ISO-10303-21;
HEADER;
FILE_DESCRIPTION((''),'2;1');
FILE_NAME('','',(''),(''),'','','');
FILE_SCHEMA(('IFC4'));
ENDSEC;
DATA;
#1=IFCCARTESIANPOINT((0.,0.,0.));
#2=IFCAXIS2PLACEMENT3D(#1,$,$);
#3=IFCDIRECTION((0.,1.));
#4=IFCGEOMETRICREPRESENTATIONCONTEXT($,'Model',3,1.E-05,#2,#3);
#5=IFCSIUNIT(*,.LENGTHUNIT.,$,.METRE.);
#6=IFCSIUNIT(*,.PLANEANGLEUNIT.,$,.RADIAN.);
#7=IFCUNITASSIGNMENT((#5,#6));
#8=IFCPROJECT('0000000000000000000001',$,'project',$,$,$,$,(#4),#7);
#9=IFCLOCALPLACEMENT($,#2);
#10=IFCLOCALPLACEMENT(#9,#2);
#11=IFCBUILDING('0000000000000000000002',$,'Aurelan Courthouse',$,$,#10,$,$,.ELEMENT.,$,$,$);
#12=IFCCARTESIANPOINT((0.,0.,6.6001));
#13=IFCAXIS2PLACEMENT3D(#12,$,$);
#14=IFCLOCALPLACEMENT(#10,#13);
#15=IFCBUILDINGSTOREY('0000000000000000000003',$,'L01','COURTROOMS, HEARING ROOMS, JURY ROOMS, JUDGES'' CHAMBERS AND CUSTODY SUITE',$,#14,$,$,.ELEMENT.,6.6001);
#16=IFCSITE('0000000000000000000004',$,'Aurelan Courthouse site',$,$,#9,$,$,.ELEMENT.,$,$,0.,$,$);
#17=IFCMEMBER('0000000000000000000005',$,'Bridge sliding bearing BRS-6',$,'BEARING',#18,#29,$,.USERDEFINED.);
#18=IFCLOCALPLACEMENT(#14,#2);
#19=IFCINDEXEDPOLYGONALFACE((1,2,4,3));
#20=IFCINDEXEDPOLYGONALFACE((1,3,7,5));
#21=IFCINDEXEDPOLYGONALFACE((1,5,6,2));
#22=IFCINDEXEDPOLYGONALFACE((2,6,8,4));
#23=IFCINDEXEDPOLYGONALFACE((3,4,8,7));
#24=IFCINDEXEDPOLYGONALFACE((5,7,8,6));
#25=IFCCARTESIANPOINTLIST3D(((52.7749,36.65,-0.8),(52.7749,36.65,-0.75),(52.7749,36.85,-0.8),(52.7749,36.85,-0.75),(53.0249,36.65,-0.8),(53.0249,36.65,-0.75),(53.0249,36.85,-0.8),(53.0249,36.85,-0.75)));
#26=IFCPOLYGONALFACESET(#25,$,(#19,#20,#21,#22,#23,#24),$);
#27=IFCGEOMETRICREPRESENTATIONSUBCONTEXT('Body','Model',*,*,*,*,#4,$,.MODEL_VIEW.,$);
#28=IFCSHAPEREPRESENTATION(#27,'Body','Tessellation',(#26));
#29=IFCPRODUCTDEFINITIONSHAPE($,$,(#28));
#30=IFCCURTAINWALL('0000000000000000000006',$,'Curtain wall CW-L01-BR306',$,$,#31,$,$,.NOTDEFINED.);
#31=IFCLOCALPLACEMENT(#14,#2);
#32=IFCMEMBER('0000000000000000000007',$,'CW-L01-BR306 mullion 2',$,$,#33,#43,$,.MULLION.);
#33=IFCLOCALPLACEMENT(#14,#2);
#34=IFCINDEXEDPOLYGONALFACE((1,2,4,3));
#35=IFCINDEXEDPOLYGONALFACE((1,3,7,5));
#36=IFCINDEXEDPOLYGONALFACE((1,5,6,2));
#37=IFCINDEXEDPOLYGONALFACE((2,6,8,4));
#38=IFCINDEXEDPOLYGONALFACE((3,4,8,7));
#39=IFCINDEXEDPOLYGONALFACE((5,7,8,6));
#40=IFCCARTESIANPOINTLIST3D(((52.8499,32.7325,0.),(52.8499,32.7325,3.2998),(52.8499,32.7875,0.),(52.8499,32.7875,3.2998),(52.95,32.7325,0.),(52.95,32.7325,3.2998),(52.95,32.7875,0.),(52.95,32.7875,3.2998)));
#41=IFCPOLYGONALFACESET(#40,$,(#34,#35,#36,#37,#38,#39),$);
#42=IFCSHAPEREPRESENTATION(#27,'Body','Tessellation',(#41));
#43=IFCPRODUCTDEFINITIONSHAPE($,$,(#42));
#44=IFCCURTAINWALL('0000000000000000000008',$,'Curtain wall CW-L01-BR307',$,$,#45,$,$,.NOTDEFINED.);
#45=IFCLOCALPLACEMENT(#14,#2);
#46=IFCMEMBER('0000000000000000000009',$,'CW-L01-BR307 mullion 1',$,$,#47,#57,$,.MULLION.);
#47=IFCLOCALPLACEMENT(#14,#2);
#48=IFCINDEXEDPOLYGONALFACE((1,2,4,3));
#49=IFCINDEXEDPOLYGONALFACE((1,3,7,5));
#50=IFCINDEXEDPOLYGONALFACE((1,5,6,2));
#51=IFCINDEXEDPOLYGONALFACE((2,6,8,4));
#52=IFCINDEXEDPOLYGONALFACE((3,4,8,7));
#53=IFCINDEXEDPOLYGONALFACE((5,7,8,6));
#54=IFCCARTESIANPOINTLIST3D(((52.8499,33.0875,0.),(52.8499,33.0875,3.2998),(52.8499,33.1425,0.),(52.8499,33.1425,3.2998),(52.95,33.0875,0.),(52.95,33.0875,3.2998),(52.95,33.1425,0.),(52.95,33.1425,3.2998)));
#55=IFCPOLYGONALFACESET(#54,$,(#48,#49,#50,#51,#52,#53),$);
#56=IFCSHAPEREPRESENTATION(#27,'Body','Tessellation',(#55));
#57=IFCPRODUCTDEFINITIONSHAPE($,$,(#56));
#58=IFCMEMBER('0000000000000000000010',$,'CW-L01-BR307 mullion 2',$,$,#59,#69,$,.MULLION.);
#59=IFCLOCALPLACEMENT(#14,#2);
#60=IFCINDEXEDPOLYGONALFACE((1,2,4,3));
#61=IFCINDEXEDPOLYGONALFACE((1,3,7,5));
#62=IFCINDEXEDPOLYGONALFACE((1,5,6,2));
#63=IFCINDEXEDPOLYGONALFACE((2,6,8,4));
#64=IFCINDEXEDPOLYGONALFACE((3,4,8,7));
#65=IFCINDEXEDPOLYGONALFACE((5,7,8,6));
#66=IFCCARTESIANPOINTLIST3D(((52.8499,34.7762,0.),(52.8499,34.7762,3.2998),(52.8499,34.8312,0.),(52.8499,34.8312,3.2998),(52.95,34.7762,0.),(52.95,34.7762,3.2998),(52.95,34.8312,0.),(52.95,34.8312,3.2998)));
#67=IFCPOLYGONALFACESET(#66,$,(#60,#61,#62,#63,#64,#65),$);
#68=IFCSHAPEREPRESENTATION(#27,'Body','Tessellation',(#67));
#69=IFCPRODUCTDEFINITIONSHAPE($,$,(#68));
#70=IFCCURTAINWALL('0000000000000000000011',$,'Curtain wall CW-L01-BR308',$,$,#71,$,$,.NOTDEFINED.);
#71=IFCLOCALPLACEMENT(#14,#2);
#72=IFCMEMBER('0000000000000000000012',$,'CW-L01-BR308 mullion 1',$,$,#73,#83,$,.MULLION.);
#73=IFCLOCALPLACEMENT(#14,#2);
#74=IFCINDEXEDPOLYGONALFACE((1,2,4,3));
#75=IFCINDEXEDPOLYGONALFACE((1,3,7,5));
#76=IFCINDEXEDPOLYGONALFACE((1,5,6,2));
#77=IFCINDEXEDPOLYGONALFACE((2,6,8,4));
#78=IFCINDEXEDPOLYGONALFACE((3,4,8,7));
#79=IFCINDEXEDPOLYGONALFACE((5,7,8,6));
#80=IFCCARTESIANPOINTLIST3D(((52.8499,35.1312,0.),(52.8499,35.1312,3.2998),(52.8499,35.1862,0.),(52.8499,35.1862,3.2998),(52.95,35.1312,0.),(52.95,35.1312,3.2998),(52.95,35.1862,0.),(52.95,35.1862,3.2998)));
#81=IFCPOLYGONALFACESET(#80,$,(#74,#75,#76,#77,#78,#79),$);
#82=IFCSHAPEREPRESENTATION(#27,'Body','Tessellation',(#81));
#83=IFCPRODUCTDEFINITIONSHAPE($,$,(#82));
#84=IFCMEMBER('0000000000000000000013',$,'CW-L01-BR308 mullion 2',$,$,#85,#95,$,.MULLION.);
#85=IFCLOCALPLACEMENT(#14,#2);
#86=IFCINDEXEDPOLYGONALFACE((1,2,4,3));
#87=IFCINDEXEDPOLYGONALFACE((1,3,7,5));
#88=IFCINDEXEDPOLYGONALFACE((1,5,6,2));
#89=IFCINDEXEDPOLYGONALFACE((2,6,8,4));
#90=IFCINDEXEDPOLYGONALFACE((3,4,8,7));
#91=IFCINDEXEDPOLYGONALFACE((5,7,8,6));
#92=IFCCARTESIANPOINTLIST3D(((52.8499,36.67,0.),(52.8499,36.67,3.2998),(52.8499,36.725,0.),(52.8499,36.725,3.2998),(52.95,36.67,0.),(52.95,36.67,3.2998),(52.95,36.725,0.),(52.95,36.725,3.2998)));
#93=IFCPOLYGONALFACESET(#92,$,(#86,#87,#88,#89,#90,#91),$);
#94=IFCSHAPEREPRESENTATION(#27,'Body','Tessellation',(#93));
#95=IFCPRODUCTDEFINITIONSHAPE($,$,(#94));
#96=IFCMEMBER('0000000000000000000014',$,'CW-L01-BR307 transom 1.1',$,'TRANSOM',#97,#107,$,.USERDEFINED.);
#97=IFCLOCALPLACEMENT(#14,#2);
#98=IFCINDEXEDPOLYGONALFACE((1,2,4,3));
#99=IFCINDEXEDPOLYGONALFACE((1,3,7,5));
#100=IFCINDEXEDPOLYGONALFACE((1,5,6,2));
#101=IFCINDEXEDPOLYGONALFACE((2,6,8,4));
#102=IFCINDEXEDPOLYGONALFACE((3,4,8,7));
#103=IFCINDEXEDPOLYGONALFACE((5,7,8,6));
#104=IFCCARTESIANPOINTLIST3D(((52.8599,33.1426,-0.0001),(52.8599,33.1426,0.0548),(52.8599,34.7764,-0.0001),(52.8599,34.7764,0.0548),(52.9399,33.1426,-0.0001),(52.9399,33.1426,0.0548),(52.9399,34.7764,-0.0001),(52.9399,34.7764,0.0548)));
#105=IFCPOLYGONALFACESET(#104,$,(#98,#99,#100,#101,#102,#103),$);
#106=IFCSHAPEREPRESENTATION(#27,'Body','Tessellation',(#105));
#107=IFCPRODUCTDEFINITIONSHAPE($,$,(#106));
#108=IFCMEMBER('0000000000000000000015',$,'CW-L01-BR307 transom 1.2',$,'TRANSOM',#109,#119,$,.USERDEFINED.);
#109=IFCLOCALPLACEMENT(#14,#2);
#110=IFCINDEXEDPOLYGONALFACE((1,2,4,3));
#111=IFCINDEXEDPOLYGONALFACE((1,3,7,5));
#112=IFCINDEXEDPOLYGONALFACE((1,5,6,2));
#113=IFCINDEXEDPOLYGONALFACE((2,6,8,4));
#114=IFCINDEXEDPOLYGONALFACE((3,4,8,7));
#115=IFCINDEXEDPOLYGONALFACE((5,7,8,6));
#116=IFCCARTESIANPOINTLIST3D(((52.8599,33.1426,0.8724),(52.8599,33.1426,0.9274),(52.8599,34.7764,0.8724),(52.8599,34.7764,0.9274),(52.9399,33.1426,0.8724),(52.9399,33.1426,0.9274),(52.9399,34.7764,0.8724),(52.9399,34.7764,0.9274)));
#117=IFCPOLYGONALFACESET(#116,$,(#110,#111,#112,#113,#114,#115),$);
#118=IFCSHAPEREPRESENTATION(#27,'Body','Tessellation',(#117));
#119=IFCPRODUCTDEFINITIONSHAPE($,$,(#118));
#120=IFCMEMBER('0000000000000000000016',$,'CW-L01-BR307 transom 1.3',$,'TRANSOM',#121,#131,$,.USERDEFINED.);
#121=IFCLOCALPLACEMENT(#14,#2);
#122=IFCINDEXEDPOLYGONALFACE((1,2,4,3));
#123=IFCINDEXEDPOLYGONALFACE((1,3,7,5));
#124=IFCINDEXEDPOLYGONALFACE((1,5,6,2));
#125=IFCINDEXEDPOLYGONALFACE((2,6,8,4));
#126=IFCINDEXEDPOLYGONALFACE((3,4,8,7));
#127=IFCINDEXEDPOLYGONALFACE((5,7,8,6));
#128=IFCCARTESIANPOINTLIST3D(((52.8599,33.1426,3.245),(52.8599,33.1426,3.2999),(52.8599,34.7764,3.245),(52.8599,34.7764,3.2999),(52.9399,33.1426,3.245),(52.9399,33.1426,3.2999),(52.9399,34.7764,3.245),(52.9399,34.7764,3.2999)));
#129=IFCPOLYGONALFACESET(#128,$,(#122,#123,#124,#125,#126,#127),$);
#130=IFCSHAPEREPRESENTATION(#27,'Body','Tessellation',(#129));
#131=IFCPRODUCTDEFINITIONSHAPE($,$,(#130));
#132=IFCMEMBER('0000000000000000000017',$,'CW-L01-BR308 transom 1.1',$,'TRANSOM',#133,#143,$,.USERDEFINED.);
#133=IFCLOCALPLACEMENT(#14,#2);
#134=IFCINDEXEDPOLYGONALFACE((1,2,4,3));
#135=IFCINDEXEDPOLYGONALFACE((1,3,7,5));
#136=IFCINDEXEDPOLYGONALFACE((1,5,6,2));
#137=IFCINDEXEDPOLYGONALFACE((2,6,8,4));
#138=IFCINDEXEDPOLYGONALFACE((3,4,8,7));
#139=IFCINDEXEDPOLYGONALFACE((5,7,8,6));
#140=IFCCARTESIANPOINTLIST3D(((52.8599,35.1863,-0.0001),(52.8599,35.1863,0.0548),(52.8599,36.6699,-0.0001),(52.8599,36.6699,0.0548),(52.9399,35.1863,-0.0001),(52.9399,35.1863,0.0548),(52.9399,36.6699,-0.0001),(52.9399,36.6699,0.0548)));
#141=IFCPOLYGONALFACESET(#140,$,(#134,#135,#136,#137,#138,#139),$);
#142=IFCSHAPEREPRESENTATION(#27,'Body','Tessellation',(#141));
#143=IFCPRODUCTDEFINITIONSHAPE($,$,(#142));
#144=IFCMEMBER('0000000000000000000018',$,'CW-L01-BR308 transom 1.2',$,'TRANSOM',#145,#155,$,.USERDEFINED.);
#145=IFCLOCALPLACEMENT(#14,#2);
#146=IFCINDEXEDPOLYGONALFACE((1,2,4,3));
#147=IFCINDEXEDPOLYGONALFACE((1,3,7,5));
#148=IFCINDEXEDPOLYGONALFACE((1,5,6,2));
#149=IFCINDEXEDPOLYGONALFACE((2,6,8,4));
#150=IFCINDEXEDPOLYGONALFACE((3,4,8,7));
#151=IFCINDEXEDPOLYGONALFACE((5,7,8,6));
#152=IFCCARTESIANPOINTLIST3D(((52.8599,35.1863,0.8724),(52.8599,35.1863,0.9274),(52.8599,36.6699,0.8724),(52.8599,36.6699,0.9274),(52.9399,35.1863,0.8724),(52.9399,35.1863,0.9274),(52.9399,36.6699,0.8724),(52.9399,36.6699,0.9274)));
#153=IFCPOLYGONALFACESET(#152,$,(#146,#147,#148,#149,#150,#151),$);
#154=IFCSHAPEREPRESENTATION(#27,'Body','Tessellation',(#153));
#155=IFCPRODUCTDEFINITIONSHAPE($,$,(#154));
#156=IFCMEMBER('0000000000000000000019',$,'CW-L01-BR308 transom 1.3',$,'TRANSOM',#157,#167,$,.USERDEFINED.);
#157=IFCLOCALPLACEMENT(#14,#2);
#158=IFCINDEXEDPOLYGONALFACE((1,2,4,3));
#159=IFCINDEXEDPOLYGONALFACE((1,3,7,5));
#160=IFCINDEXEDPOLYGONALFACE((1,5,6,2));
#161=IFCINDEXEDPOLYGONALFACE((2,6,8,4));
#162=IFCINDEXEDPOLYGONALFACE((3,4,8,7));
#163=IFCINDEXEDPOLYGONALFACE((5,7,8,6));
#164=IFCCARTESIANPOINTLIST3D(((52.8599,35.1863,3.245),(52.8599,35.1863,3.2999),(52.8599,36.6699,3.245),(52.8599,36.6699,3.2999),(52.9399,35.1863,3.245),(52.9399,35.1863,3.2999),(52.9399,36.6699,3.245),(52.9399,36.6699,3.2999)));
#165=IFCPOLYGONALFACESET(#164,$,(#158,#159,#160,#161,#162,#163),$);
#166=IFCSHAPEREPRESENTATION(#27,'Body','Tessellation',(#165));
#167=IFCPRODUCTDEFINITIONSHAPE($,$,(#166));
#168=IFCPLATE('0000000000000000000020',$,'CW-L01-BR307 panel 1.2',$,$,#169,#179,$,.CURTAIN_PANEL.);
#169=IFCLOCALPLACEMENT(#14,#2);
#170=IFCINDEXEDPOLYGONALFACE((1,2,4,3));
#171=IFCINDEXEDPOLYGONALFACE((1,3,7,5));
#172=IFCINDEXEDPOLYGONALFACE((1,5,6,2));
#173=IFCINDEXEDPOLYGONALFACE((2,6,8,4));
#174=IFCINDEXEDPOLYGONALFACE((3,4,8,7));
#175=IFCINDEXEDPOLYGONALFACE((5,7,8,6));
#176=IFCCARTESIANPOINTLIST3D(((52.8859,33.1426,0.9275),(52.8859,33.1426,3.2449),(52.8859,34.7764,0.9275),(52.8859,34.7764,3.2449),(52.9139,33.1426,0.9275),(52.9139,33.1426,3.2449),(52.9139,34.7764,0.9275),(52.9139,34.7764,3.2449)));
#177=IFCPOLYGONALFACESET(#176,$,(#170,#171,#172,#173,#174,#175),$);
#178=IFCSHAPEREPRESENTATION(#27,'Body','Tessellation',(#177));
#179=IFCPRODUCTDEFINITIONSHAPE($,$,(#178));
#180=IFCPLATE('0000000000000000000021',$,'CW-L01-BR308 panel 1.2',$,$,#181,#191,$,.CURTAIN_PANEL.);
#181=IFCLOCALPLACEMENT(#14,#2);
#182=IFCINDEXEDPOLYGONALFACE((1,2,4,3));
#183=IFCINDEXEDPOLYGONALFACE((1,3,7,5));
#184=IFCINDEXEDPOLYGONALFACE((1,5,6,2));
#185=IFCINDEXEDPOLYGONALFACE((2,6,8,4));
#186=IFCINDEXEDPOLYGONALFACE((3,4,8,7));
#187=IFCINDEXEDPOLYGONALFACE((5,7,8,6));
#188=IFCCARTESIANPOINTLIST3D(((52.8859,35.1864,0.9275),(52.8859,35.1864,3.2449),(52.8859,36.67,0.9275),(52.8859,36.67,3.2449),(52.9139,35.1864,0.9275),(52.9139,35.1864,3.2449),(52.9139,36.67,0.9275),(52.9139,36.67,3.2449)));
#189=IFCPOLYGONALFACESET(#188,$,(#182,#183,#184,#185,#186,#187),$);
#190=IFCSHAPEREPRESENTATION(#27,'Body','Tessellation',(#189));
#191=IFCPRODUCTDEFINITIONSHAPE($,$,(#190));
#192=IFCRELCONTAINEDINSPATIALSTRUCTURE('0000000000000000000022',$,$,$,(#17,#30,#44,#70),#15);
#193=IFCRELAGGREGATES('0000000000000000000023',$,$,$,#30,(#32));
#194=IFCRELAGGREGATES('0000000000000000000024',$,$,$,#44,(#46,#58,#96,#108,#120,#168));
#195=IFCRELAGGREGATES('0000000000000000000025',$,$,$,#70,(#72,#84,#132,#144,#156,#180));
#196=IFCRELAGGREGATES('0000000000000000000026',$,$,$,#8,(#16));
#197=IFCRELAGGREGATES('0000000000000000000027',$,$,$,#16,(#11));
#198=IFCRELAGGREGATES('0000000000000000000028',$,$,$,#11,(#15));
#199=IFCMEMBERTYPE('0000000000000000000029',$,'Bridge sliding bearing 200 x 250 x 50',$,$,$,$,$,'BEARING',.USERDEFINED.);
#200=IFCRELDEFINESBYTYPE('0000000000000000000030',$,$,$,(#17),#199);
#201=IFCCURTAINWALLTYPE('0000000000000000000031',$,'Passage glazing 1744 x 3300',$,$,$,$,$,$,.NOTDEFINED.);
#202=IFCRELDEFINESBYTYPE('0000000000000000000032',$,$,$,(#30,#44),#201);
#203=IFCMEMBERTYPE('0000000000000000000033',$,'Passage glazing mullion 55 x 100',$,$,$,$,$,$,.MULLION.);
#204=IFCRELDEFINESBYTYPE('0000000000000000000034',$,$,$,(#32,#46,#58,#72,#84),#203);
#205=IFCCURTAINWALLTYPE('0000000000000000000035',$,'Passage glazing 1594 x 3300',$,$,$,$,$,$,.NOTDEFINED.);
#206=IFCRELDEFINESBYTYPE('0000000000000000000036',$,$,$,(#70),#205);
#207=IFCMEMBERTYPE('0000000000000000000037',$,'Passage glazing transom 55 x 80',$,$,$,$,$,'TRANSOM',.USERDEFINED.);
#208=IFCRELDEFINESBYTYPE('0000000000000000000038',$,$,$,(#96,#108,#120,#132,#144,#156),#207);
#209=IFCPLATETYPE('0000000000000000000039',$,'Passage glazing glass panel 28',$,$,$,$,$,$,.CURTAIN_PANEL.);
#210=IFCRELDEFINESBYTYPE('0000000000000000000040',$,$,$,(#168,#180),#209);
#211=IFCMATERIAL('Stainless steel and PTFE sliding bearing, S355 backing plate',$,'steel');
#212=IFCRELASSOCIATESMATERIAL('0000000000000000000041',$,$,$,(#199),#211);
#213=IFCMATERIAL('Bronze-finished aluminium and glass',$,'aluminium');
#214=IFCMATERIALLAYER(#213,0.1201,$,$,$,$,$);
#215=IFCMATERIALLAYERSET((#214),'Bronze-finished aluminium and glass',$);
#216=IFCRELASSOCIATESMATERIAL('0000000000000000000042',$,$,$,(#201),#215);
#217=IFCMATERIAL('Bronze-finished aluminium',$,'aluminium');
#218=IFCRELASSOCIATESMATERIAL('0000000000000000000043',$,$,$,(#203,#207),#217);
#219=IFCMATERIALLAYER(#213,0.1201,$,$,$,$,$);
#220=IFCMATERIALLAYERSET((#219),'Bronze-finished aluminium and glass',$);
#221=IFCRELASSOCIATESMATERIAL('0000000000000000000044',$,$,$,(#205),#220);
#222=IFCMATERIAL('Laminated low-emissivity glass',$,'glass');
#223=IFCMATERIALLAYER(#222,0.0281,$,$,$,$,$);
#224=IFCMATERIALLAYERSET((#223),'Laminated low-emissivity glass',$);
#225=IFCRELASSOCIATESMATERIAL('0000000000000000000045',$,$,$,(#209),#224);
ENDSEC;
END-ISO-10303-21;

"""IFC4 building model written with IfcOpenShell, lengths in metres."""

from ifc_helpers import new_model, si_unit, direction, frame, origin, origin_2d, place, context, subcontext, project, spatial, rectangle, extrude, material, layer, layer_set, material_profile, profile_set, type_object, element, aggregate, save


model = new_model("IFC4")

# Units and contexts
model_context = context("Model", 3, precision=1e-05, world=origin(), true_north=direction((0.0, 1.0)))
body_context = subcontext(model_context, "Body", "Model", "MODEL_VIEW")
ifc_project = project(units=[si_unit("LENGTHUNIT", "METRE"), si_unit("PLANEANGLEUNIT", "RADIAN")], contexts=[model_context])

# Site, building, storey
site_placement = place(None, origin())
site = spatial("IfcSite", under=ifc_project, at=site_placement, Name="Aurelan Courthouse site", CompositionType="ELEMENT", RefElevation=0.0)
building_placement = place(site_placement, origin())
building = spatial("IfcBuilding", under=site, at=building_placement, Name="Aurelan Courthouse", CompositionType="ELEMENT")
storey_placement = place(building_placement, frame((0.0, 0.0, 6.6001)))
storey = spatial("IfcBuildingStorey", under=building, at=storey_placement, Name="L01", Description="COURTROOMS, HEARING ROOMS, JURY ROOMS, JUDGES' CHAMBERS AND CUSTODY SUITE", CompositionType="ELEMENT", Elevation=6.6001)

# Member
ifc_material_1 = material(Name="Stainless steel and PTFE sliding bearing, S355 backing plate", Category="steel")
ifc_material_profile_1 = material_profile(ifc_material_1, rectangle(XDim=0.2, YDim=0.25, at=origin_2d()), Name="PL 200 x 250")
ifc_profile_set_1 = profile_set([ifc_material_profile_1], Name="Stainless steel and PTFE sliding bearing, S355 backing plate")
member_type_1 = type_object("IfcMemberType", Name="Bridge sliding bearing 200 x 250 x 50", ElementType="BEARING", PredefinedType="USERDEFINED", material=ifc_profile_set_1)
member_1_placement = place(storey_placement, frame((52.8999, 36.75, -0.8), z_axis=(0.0, 0.0, 1.0), x_axis=(0.0, 1.0, 0.0)))
element("IfcMember", 1, at=member_1_placement, inside=storey, type_object=member_type_1, Name="Bridge sliding bearing BRS-6", ObjectType="BEARING", PredefinedType="USERDEFINED", context=body_context, shape_type="SweptSolid", body=[
    extrude(rectangle(XDim=0.2, YDim=0.25, at=origin_2d()), origin(), (0.0, 0.0, 1.0), 0.05),
])

# Curtain wall, member
ifc_material_2 = material(Name="Bronze-finished aluminium and glass", Category="aluminium")
ifc_layer_1 = layer(ifc_material_2, 0.1201)
ifc_layer_set_1 = layer_set([ifc_layer_1], Name="Bronze-finished aluminium and glass")
curtain_wall_type_1 = type_object("IfcCurtainWallType", Name="Passage glazing 1744 x 3300", PredefinedType="NOTDEFINED", material=ifc_layer_set_1)
curtain_wall_1_placement = place(storey_placement, origin())
curtain_wall_1 = element("IfcCurtainWall", 2, at=curtain_wall_1_placement, inside=storey, type_object=curtain_wall_type_1, Name="Curtain wall CW-L01-BR306", PredefinedType="NOTDEFINED")
ifc_material_3 = material(Name="Bronze-finished aluminium", Category="aluminium")
ifc_material_profile_2 = material_profile(ifc_material_3, rectangle(XDim=0.1001, YDim=0.0549, at=origin_2d()), Name="Passage glazing mullion 55 x 100")
ifc_profile_set_2 = profile_set([ifc_material_profile_2], Name="Bronze-finished aluminium")
member_type_2 = type_object("IfcMemberType", Name="Passage glazing mullion 55 x 100", PredefinedType="MULLION", material=ifc_profile_set_2)
member_2_placement = place(storey_placement, frame((52.8999, 32.76, 0.0), z_axis=(0.0, 0.0, 1.0), x_axis=(-1.0, 0.0, 0.0)))
member_2 = element("IfcMember", 3, at=member_2_placement, type_object=member_type_2, Name="CW-L01-BR306 mullion 2", PredefinedType="MULLION", context=body_context, shape_type="SweptSolid", body=[
    extrude(rectangle(XDim=0.1001, YDim=0.0549, at=origin_2d()), origin(), (0.0, 0.0, 1.0), 3.2998),
])
aggregate(curtain_wall_1, [member_2])

# Curtain walls, members
curtain_wall_2_placement = place(storey_placement, origin())
curtain_wall_2 = element("IfcCurtainWall", 4, at=curtain_wall_2_placement, inside=storey, type_object=curtain_wall_type_1, Name="Curtain wall CW-L01-BR307", PredefinedType="NOTDEFINED")
member_3_placement = place(storey_placement, frame((52.8999, 33.115, 0.0), z_axis=(0.0, 0.0, 1.0), x_axis=(-1.0, 0.0, 0.0)))
member_3 = element("IfcMember", 5, at=member_3_placement, type_object=member_type_2, Name="CW-L01-BR307 mullion 1", PredefinedType="MULLION", context=body_context, shape_type="SweptSolid", body=[
    extrude(rectangle(XDim=0.1001, YDim=0.0549, at=origin_2d()), origin(), (0.0, 0.0, 1.0), 3.2998),
])
member_4_placement = place(storey_placement, frame((52.8999, 34.8037, 0.0), z_axis=(0.0, 0.0, 1.0), x_axis=(-1.0, 0.0, 0.0)))
member_4 = element("IfcMember", 6, at=member_4_placement, type_object=member_type_2, Name="CW-L01-BR307 mullion 2", PredefinedType="MULLION", context=body_context, shape_type="SweptSolid", body=[
    extrude(rectangle(XDim=0.1001, YDim=0.0549, at=origin_2d()), origin(), (0.0, 0.0, 1.0), 3.2998),
])
ifc_layer_2 = layer(ifc_material_2, 0.1201)
ifc_layer_set_2 = layer_set([ifc_layer_2], Name="Bronze-finished aluminium and glass")
curtain_wall_type_2 = type_object("IfcCurtainWallType", Name="Passage glazing 1594 x 3300", PredefinedType="NOTDEFINED", material=ifc_layer_set_2)
curtain_wall_3_placement = place(storey_placement, origin())
curtain_wall_3 = element("IfcCurtainWall", 7, at=curtain_wall_3_placement, inside=storey, type_object=curtain_wall_type_2, Name="Curtain wall CW-L01-BR308", PredefinedType="NOTDEFINED")
member_5_placement = place(storey_placement, frame((52.8999, 35.1587, 0.0), z_axis=(0.0, 0.0, 1.0), x_axis=(-1.0, 0.0, 0.0)))
member_5 = element("IfcMember", 8, at=member_5_placement, type_object=member_type_2, Name="CW-L01-BR308 mullion 1", PredefinedType="MULLION", context=body_context, shape_type="SweptSolid", body=[
    extrude(rectangle(XDim=0.1001, YDim=0.0549, at=origin_2d()), origin(), (0.0, 0.0, 1.0), 3.2998),
])
member_6_placement = place(storey_placement, frame((52.8999, 36.6975, 0.0), z_axis=(0.0, 0.0, 1.0), x_axis=(-1.0, 0.0, 0.0)))
member_6 = element("IfcMember", 9, at=member_6_placement, type_object=member_type_2, Name="CW-L01-BR308 mullion 2", PredefinedType="MULLION", context=body_context, shape_type="SweptSolid", body=[
    extrude(rectangle(XDim=0.1001, YDim=0.0549, at=origin_2d()), origin(), (0.0, 0.0, 1.0), 3.2998),
])

# Members
ifc_material_profile_3 = material_profile(ifc_material_3, rectangle(XDim=0.0801, YDim=0.0549, at=origin_2d()), Name="Passage glazing transom 55 x 80")
ifc_profile_set_3 = profile_set([ifc_material_profile_3], Name="Bronze-finished aluminium")
member_type_3 = type_object("IfcMemberType", Name="Passage glazing transom 55 x 80", ElementType="TRANSOM", PredefinedType="USERDEFINED", material=ifc_profile_set_3)
member_7_placement = place(storey_placement, frame((52.8999, 33.1426, 0.0273), z_axis=(0.0, 1.0, 0.0), x_axis=(-1.0, 0.0, 0.0)))
member_7 = element("IfcMember", 10, at=member_7_placement, type_object=member_type_3, Name="CW-L01-BR307 transom 1.1", ObjectType="TRANSOM", PredefinedType="USERDEFINED", context=body_context, shape_type="SweptSolid", body=[
    extrude(rectangle(XDim=0.0801, YDim=0.0549, at=origin_2d()), origin(), (0.0, 0.0, 1.0), 1.6338),
])
member_8_placement = place(storey_placement, frame((52.8999, 33.1426, 0.8999), z_axis=(0.0, 1.0, 0.0), x_axis=(-1.0, 0.0, 0.0)))
member_8 = element("IfcMember", 11, at=member_8_placement, type_object=member_type_3, Name="CW-L01-BR307 transom 1.2", ObjectType="TRANSOM", PredefinedType="USERDEFINED", context=body_context, shape_type="SweptSolid", body=[
    extrude(rectangle(XDim=0.0801, YDim=0.0549, at=origin_2d()), origin(), (0.0, 0.0, 1.0), 1.6338),
])
member_9_placement = place(storey_placement, frame((52.8999, 33.1426, 3.2725), z_axis=(0.0, 1.0, 0.0), x_axis=(-1.0, 0.0, 0.0)))
member_9 = element("IfcMember", 12, at=member_9_placement, type_object=member_type_3, Name="CW-L01-BR307 transom 1.3", ObjectType="TRANSOM", PredefinedType="USERDEFINED", context=body_context, shape_type="SweptSolid", body=[
    extrude(rectangle(XDim=0.0801, YDim=0.0549, at=origin_2d()), origin(), (0.0, 0.0, 1.0), 1.6338),
])
member_10_placement = place(storey_placement, frame((52.8999, 35.1863, 0.0273), z_axis=(0.0, 1.0, 0.0), x_axis=(-1.0, 0.0, 0.0)))
member_10 = element("IfcMember", 13, at=member_10_placement, type_object=member_type_3, Name="CW-L01-BR308 transom 1.1", ObjectType="TRANSOM", PredefinedType="USERDEFINED", context=body_context, shape_type="SweptSolid", body=[
    extrude(rectangle(XDim=0.0801, YDim=0.0549, at=origin_2d()), origin(), (0.0, 0.0, 1.0), 1.4836),
])
member_11_placement = place(storey_placement, frame((52.8999, 35.1863, 0.8999), z_axis=(0.0, 1.0, 0.0), x_axis=(-1.0, 0.0, 0.0)))
member_11 = element("IfcMember", 14, at=member_11_placement, type_object=member_type_3, Name="CW-L01-BR308 transom 1.2", ObjectType="TRANSOM", PredefinedType="USERDEFINED", context=body_context, shape_type="SweptSolid", body=[
    extrude(rectangle(XDim=0.0801, YDim=0.0549, at=origin_2d()), origin(), (0.0, 0.0, 1.0), 1.4836),
])
member_12_placement = place(storey_placement, frame((52.8999, 35.1863, 3.2725), z_axis=(0.0, 1.0, 0.0), x_axis=(-1.0, 0.0, 0.0)))
member_12 = element("IfcMember", 15, at=member_12_placement, type_object=member_type_3, Name="CW-L01-BR308 transom 1.3", ObjectType="TRANSOM", PredefinedType="USERDEFINED", context=body_context, shape_type="SweptSolid", body=[
    extrude(rectangle(XDim=0.0801, YDim=0.0549, at=origin_2d()), origin(), (0.0, 0.0, 1.0), 1.4836),
])

# Plates
ifc_material_4 = material(Name="Laminated low-emissivity glass", Category="glass")
ifc_layer_3 = layer(ifc_material_4, 0.0281)
ifc_layer_set_3 = layer_set([ifc_layer_3], Name="Laminated low-emissivity glass")
plate_type_1 = type_object("IfcPlateType", Name="Passage glazing glass panel 28", PredefinedType="CURTAIN_PANEL", material=ifc_layer_set_3)
plate_1_placement = place(storey_placement, frame((52.8999, 33.9595, 0.9275), z_axis=(0.0, 0.0, 1.0), x_axis=(0.0, 1.0, 0.0)))
plate_1 = element("IfcPlate", 16, at=plate_1_placement, type_object=plate_type_1, Name="CW-L01-BR307 panel 1.2", PredefinedType="CURTAIN_PANEL", context=body_context, shape_type="SweptSolid", body=[
    extrude(rectangle(XDim=1.6338, YDim=0.0281, at=origin_2d()), origin(), (0.0, 0.0, 1.0), 2.3174),
])
plate_2_placement = place(storey_placement, frame((52.8999, 35.9282, 0.9275), z_axis=(0.0, 0.0, 1.0), x_axis=(0.0, 1.0, 0.0)))
plate_2 = element("IfcPlate", 17, at=plate_2_placement, type_object=plate_type_1, Name="CW-L01-BR308 panel 1.2", PredefinedType="CURTAIN_PANEL", context=body_context, shape_type="SweptSolid", body=[
    extrude(rectangle(XDim=1.4836, YDim=0.0281, at=origin_2d()), origin(), (0.0, 0.0, 1.0), 2.3174),
])
aggregate(curtain_wall_2, [member_3, member_4, member_7, member_8, member_9, plate_1])
aggregate(curtain_wall_3, [member_5, member_6, member_10, member_11, member_12, plate_2])

save(model, "model.ifc")
